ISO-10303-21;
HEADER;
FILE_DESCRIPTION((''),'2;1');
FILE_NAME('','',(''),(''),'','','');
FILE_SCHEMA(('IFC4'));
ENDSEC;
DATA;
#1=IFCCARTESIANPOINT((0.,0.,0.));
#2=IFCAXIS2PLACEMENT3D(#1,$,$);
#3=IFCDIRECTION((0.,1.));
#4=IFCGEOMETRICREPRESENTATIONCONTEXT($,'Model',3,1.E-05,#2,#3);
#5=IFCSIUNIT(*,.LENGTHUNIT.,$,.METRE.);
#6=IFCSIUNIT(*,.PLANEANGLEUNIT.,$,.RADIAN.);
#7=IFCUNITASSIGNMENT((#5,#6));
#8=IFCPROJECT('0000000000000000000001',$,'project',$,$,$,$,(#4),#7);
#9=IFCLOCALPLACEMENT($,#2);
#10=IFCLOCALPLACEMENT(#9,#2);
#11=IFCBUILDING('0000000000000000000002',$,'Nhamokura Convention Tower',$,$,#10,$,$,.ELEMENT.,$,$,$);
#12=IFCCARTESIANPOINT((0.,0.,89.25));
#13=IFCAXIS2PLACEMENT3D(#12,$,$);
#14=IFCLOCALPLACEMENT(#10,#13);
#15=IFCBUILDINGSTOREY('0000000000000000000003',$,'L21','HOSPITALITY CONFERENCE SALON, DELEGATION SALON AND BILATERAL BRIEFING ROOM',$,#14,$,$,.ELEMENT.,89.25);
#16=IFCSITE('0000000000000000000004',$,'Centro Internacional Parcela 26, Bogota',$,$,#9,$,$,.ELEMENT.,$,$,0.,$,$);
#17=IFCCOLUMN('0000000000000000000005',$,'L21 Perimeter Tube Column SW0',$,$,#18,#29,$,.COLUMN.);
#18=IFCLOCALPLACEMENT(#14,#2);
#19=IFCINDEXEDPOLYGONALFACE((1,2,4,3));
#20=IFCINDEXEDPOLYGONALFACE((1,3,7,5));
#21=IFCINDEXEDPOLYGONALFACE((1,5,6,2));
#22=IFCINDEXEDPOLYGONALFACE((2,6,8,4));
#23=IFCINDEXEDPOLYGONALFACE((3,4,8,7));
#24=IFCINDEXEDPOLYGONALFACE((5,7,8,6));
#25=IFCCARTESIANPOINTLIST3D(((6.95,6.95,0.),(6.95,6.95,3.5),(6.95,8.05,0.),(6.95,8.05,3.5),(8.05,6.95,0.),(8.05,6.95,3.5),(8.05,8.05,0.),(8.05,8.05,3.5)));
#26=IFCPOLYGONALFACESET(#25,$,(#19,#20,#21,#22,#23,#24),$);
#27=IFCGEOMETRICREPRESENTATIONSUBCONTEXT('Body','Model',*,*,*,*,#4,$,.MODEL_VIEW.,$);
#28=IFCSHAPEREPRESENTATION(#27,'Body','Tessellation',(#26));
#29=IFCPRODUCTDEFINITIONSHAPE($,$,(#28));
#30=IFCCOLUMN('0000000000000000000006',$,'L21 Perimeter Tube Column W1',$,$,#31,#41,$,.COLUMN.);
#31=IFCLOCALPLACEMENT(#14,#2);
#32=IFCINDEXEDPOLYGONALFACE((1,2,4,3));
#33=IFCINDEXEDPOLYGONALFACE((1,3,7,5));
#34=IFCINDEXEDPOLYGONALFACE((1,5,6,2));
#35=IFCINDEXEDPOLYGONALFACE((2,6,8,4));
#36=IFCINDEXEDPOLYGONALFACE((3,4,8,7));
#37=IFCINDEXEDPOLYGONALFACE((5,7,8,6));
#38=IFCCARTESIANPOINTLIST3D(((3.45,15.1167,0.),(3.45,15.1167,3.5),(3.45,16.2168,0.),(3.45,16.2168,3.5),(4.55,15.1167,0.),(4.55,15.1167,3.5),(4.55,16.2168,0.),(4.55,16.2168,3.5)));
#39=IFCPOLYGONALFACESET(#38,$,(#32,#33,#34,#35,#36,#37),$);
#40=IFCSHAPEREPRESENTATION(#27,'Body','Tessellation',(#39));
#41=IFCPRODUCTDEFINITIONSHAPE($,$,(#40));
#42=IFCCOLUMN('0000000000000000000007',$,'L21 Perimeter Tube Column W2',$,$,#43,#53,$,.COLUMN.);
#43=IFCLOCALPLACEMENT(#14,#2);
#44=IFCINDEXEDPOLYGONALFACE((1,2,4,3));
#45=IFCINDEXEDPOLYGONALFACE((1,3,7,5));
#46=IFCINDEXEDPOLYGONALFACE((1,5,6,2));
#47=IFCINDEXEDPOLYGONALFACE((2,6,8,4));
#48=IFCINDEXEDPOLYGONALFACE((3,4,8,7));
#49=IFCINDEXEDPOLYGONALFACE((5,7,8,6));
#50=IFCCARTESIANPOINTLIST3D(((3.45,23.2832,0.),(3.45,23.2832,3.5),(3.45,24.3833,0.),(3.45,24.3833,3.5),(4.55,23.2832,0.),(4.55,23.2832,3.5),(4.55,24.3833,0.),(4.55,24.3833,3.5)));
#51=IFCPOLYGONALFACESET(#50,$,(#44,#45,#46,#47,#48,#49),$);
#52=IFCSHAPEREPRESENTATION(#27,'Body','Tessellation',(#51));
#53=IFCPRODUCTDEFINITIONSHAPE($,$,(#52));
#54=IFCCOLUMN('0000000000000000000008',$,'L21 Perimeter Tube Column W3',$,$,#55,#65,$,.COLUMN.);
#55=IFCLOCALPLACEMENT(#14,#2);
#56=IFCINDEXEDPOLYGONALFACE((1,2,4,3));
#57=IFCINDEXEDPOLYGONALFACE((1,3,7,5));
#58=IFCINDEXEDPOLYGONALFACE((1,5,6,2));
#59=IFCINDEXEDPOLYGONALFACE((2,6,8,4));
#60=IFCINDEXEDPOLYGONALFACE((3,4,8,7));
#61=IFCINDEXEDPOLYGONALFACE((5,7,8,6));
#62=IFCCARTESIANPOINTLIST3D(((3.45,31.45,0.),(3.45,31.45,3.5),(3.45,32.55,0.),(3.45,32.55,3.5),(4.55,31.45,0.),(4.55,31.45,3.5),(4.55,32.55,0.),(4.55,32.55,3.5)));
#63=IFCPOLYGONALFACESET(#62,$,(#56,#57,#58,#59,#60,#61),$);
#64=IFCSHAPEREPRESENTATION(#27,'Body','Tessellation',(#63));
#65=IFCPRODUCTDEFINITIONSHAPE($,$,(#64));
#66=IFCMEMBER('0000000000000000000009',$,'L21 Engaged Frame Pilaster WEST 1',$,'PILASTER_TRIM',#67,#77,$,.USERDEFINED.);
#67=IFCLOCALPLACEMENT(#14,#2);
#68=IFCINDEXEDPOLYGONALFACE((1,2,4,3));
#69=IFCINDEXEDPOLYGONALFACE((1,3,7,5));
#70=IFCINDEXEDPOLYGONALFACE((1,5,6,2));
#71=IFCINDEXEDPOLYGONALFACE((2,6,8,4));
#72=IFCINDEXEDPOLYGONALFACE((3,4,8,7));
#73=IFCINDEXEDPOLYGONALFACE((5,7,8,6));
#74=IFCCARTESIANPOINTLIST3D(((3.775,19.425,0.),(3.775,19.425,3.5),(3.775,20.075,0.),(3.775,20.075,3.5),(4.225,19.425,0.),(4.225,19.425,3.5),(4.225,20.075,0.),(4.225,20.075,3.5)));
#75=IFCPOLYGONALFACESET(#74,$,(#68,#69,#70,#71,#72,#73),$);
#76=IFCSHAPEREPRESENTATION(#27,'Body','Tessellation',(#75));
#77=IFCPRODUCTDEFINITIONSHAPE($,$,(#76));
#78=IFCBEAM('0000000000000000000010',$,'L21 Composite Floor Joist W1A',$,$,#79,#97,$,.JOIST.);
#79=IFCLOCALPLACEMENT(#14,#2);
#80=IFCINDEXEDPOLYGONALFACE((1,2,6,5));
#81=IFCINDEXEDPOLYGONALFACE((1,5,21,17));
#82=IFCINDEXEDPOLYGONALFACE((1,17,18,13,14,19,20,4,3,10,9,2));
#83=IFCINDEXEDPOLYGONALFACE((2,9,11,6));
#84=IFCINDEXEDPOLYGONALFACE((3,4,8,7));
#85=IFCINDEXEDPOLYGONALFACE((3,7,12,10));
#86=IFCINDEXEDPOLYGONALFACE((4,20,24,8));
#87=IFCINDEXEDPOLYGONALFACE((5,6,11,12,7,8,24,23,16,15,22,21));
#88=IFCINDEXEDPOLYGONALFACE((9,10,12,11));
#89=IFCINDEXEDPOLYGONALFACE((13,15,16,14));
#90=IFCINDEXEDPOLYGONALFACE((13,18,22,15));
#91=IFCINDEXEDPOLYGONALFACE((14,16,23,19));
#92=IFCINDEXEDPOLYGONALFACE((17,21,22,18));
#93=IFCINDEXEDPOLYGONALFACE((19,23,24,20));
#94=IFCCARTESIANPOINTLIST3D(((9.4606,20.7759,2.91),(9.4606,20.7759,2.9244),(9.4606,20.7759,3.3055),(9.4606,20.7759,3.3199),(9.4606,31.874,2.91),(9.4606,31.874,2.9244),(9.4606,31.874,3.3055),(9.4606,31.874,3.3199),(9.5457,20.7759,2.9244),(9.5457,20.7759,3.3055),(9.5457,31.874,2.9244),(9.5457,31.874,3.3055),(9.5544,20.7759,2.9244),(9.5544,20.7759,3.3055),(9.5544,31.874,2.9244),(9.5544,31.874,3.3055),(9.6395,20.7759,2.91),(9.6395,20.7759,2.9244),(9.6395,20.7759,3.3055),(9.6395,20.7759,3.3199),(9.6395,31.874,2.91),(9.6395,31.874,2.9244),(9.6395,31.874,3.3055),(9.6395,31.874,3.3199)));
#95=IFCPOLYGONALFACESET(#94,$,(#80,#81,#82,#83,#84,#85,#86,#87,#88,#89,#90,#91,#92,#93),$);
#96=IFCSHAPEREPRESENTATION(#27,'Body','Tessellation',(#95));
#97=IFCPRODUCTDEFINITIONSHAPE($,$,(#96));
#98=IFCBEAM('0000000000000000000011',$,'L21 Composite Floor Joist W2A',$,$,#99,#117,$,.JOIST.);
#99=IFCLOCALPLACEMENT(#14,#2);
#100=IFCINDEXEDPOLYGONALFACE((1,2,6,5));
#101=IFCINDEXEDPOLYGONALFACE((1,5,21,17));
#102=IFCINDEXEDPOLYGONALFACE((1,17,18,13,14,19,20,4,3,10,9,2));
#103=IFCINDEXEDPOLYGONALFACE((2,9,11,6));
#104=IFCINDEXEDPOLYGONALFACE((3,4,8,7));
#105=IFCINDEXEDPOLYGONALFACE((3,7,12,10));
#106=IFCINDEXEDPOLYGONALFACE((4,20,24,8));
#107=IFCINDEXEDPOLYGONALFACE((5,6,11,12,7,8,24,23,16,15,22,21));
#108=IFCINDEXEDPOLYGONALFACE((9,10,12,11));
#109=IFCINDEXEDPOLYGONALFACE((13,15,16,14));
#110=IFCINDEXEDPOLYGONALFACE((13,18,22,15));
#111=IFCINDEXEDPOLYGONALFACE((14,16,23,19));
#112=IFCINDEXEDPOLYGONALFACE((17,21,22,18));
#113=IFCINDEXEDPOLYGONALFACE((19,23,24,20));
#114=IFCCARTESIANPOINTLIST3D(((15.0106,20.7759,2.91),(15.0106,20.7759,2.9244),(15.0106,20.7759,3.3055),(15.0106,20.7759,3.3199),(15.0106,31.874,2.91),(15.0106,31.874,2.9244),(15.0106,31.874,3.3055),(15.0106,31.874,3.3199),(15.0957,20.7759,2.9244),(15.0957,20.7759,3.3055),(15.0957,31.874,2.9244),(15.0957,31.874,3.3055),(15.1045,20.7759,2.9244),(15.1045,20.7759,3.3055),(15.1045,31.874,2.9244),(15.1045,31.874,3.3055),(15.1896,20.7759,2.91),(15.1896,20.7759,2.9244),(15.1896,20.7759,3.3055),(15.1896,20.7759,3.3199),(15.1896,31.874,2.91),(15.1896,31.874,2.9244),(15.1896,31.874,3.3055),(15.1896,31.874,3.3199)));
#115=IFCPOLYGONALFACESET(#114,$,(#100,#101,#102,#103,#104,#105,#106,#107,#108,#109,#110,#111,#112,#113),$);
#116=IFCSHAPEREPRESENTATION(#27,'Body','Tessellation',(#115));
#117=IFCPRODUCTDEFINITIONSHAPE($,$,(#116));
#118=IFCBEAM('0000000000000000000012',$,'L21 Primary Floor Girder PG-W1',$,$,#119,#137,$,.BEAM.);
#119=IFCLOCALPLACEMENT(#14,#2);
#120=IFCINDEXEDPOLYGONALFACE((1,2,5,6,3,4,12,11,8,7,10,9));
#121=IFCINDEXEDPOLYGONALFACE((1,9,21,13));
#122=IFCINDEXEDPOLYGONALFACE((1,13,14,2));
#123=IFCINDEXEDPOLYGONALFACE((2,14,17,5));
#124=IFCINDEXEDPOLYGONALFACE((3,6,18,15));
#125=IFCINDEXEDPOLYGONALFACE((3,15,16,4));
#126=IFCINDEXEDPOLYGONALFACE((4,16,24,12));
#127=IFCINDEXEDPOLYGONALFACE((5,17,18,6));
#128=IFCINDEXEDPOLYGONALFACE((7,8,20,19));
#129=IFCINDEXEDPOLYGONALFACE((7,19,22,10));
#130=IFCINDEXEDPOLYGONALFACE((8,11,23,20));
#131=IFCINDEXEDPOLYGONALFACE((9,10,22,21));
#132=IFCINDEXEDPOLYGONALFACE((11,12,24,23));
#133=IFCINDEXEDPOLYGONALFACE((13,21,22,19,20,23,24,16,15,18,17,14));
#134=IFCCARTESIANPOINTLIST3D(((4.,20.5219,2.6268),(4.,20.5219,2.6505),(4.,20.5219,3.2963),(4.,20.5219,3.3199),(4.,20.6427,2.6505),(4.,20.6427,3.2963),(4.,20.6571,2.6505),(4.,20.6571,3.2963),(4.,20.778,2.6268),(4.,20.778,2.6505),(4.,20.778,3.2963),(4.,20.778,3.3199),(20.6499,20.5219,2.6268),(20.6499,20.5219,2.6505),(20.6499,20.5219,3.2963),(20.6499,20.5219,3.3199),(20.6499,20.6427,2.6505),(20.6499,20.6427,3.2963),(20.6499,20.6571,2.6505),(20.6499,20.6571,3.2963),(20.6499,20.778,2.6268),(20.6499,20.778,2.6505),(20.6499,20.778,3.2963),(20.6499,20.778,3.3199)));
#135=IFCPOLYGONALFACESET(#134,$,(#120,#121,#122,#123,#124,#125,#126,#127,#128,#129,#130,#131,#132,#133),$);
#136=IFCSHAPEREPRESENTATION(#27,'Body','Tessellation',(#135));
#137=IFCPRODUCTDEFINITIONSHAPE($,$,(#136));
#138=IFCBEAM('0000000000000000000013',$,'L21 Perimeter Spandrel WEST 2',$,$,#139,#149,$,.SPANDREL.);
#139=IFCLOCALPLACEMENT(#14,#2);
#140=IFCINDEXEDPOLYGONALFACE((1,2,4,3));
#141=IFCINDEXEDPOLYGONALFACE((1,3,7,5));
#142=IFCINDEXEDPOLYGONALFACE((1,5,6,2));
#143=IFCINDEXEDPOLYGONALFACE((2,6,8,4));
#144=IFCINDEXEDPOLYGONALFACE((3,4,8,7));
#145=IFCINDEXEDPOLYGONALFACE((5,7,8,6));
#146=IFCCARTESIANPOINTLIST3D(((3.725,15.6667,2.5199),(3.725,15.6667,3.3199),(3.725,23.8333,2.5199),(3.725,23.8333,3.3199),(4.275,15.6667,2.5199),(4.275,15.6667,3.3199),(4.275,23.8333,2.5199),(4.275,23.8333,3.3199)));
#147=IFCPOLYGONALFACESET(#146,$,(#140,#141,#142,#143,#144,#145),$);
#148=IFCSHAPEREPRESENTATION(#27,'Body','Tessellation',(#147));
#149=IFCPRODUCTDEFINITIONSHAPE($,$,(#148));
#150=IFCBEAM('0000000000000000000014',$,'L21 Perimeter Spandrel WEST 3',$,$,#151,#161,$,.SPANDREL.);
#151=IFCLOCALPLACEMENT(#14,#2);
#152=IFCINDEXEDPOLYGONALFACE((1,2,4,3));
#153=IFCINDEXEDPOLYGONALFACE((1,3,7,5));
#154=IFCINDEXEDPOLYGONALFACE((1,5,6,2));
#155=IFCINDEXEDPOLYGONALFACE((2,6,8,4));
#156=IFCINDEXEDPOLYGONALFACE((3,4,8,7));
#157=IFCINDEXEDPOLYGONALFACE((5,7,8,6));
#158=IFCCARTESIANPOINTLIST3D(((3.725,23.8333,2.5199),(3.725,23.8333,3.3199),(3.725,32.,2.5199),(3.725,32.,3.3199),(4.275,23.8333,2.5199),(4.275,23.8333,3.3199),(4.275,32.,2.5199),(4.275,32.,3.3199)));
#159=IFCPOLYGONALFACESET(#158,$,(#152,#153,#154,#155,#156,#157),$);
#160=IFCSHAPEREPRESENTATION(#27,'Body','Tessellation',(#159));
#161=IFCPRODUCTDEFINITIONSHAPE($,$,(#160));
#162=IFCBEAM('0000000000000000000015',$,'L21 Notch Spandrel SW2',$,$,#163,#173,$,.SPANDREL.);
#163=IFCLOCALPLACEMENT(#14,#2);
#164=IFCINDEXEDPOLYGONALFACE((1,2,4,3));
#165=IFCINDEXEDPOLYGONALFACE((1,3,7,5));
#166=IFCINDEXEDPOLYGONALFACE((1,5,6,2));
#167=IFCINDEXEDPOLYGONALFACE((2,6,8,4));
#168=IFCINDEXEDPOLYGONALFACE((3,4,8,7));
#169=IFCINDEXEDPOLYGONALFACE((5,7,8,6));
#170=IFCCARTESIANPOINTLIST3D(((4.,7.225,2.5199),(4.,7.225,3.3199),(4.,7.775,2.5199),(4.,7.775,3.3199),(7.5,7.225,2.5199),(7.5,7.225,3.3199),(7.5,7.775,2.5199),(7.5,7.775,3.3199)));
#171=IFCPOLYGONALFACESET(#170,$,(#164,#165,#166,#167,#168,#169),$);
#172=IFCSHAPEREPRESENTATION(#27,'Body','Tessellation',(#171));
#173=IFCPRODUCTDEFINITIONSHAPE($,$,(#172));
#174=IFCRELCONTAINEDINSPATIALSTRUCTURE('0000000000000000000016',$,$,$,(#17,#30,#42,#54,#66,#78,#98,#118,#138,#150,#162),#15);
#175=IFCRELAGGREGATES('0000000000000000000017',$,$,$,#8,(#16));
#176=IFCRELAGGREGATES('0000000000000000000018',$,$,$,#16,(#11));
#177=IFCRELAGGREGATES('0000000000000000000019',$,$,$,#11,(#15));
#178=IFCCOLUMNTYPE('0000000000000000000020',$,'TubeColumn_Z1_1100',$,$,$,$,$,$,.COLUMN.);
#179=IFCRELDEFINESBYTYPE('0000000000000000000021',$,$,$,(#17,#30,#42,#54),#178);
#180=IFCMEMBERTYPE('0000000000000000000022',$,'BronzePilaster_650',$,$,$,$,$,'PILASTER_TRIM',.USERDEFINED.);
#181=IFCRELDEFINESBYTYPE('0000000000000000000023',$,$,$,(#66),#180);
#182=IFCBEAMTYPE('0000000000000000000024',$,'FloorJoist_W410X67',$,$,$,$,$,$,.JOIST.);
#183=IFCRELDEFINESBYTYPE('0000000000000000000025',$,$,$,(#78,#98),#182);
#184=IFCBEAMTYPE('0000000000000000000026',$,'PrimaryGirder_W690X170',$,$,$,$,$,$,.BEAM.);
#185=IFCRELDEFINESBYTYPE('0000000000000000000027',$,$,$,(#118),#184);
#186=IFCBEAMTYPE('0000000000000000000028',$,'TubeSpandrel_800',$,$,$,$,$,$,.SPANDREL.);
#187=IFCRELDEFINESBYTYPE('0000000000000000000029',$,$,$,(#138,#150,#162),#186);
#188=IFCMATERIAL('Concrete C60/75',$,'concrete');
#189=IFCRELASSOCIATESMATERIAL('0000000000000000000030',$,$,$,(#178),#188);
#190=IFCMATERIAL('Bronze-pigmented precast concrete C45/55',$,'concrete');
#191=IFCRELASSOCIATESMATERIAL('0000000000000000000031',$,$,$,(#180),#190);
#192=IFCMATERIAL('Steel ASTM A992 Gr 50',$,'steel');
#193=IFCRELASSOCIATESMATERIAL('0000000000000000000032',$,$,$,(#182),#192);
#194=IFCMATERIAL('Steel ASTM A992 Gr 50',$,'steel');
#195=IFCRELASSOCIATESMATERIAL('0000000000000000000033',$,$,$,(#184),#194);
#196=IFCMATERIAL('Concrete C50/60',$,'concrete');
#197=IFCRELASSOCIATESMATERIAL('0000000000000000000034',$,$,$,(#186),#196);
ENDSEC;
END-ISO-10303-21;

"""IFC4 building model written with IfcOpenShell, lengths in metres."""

from ifc_helpers import new_model, si_unit, direction, frame, origin, origin_2d, place, context, subcontext, project, spatial, rectangle, i_section, extrude, material, material_profile, profile_set, type_object, element, save


model = new_model("IFC4")

# Units and contexts
model_context = context("Model", 3, precision=1e-05, world=origin(), true_north=direction((0.0, 1.0)))
body_context = subcontext(model_context, "Body", "Model", "MODEL_VIEW")
ifc_project = project(units=[si_unit("LENGTHUNIT", "METRE"), si_unit("PLANEANGLEUNIT", "RADIAN")], contexts=[model_context])

# Site, building, storey
site_placement = place(None, origin())
site = spatial("IfcSite", under=ifc_project, at=site_placement, Name="Centro Internacional Parcela 26, Bogota", CompositionType="ELEMENT", RefElevation=0.0)
building_placement = place(site_placement, origin())
building = spatial("IfcBuilding", under=site, at=building_placement, Name="Nhamokura Convention Tower", CompositionType="ELEMENT")
storey_placement = place(building_placement, frame((0.0, 0.0, 89.25)))
storey = spatial("IfcBuildingStorey", under=building, at=storey_placement, Name="L21", Description="HOSPITALITY CONFERENCE SALON, DELEGATION SALON AND BILATERAL BRIEFING ROOM", CompositionType="ELEMENT", Elevation=89.25)

# Columns
ifc_material_1 = material(Name="Concrete C60/75", Category="concrete")
ifc_material_profile_1 = material_profile(ifc_material_1, rectangle(XDim=1.1001, YDim=1.1001, at=origin_2d()))
ifc_profile_set_1 = profile_set([ifc_material_profile_1], Name="Concrete C60/75")
column_type = type_object("IfcColumnType", Name="TubeColumn_Z1_1100", PredefinedType="COLUMN", material=ifc_profile_set_1)
for number, where, z_axis, x_axis, name in (
    (1, (7.5, 7.5, 0.0), (0.0, 0.0, 1.0), (1.0, 0.0, 0.0), "L21 Perimeter Tube Column SW0"),
    (2, (4.0, 15.6667, 0.0), (0.0, 0.0, 1.0), (1.0, 0.0, 0.0), "L21 Perimeter Tube Column W1"),
    (3, (4.0, 23.8333, 0.0), (0.0, 0.0, 1.0), (1.0, 0.0, 0.0), "L21 Perimeter Tube Column W2"),
    (4, (4.0, 32.0, 0.0), (0.0, 0.0, 1.0), (1.0, 0.0, 0.0), "L21 Perimeter Tube Column W3"),
):
    element("IfcColumn", number, at=place(storey_placement, frame(where, z_axis=z_axis, x_axis=x_axis)), inside=storey, type_object=column_type, Name=name, PredefinedType="COLUMN", context=body_context, shape_type="SweptSolid", body=[
        extrude(rectangle(XDim=1.1001, YDim=1.1001, at=origin_2d()), origin(), (0.0, 0.0, 1.0), 3.5),
    ])

# Member
ifc_material_2 = material(Name="Bronze-pigmented precast concrete C45/55", Category="concrete")
ifc_material_profile_2 = material_profile(ifc_material_2, rectangle(XDim=0.45, YDim=0.6499, at=origin_2d()))
ifc_profile_set_2 = profile_set([ifc_material_profile_2], Name="Bronze-pigmented precast concrete C45/55")
member_type = type_object("IfcMemberType", Name="BronzePilaster_650", ElementType="PILASTER_TRIM", PredefinedType="USERDEFINED", material=ifc_profile_set_2)
member_placement = place(storey_placement, frame((4.0, 19.75, 0.0), z_axis=(0.0, 0.0, 1.0), x_axis=(1.0, 0.0, 0.0)))
element("IfcMember", 5, at=member_placement, inside=storey, type_object=member_type, Name="L21 Engaged Frame Pilaster WEST 1", ObjectType="PILASTER_TRIM", PredefinedType="USERDEFINED", context=body_context, shape_type="SweptSolid", body=[
    extrude(rectangle(XDim=0.45, YDim=0.6499, at=origin_2d()), origin(), (0.0, 0.0, 1.0), 3.5),
])

# Beams
ifc_material_3 = material(Name="Steel ASTM A992 Gr 50", Category="steel")
ifc_material_profile_3 = material_profile(ifc_material_3, i_section(OverallWidth=0.179, OverallDepth=0.4099, WebThickness=0.0088, FlangeThickness=0.0144, at=origin_2d()))
ifc_profile_set_3 = profile_set([ifc_material_profile_3], Name="Steel ASTM A992 Gr 50")
beam_type_1 = type_object("IfcBeamType", Name="FloorJoist_W410X67", PredefinedType="JOIST", material=ifc_profile_set_3)
for number, where, z_axis, x_axis, name in (
    (6, (9.55, 20.7759, 3.115), (0.0, 1.0, 0.0), (-1.0, 0.0, 0.0), "L21 Composite Floor Joist W1A"),
    (7, (15.1001, 20.7759, 3.115), (0.0, 1.0, 0.0), (-1.0, 0.0, 0.0), "L21 Composite Floor Joist W2A"),
):
    element("IfcBeam", number, at=place(storey_placement, frame(where, z_axis=z_axis, x_axis=x_axis)), inside=storey, type_object=beam_type_1, Name=name, PredefinedType="JOIST", context=body_context, shape_type="SweptSolid", body=[
        extrude(i_section(OverallWidth=0.179, OverallDepth=0.4099, WebThickness=0.0088, FlangeThickness=0.0144, at=origin_2d()), origin(), (0.0, 0.0, 1.0), 11.0981),
    ])
ifc_material_4 = material(Name="Steel ASTM A992 Gr 50", Category="steel")
ifc_material_profile_4 = material_profile(ifc_material_4, i_section(OverallWidth=0.2561, OverallDepth=0.6931, WebThickness=0.0144, FlangeThickness=0.0237, at=origin_2d()))
ifc_profile_set_4 = profile_set([ifc_material_profile_4], Name="Steel ASTM A992 Gr 50")
beam_type_2 = type_object("IfcBeamType", Name="PrimaryGirder_W690X170", PredefinedType="BEAM", material=ifc_profile_set_4)
beam_1_placement = place(storey_placement, frame((4.0, 20.6499, 2.9734), z_axis=(1.0, 0.0, 0.0), x_axis=(0.0, 1.0, 0.0)))
element("IfcBeam", 8, at=beam_1_placement, inside=storey, type_object=beam_type_2, Name="L21 Primary Floor Girder PG-W1", PredefinedType="BEAM", context=body_context, shape_type="SweptSolid", body=[
    extrude(i_section(OverallWidth=0.2561, OverallDepth=0.6931, WebThickness=0.0144, FlangeThickness=0.0237, at=origin_2d()), origin(), (0.0, 0.0, 1.0), 16.6499),
])
ifc_material_5 = material(Name="Concrete C50/60", Category="concrete")
ifc_material_profile_5 = material_profile(ifc_material_5, rectangle(XDim=0.55, YDim=0.8, at=origin_2d()))
ifc_profile_set_5 = profile_set([ifc_material_profile_5], Name="Concrete C50/60")
beam_type_3 = type_object("IfcBeamType", Name="TubeSpandrel_800", PredefinedType="SPANDREL", material=ifc_profile_set_5)
beam_2_placement = place(storey_placement, frame((4.0, 15.6667, 2.9199), z_axis=(0.0, 1.0, 0.0), x_axis=(-1.0, 0.0, 0.0)))
element("IfcBeam", 9, at=beam_2_placement, inside=storey, type_object=beam_type_3, Name="L21 Perimeter Spandrel WEST 2", PredefinedType="SPANDREL", context=body_context, shape_type="SweptSolid", body=[
    extrude(rectangle(XDim=0.55, YDim=0.8, at=origin_2d()), origin(), (0.0, 0.0, 1.0), 8.1665),
])
beam_3_placement = place(storey_placement, frame((4.0, 23.8333, 2.9199), z_axis=(0.0, 1.0, 0.0), x_axis=(-1.0, 0.0, 0.0)))
element("IfcBeam", 10, at=beam_3_placement, inside=storey, type_object=beam_type_3, Name="L21 Perimeter Spandrel WEST 3", PredefinedType="SPANDREL", context=body_context, shape_type="SweptSolid", body=[
    extrude(rectangle(XDim=0.55, YDim=0.8, at=origin_2d()), origin(), (0.0, 0.0, 1.0), 8.1667),
])
beam_4_placement = place(storey_placement, frame((7.5, 7.5, 2.9199), z_axis=(-1.0, 0.0, 0.0), x_axis=(0.0, -1.0, 0.0)))
element("IfcBeam", 11, at=beam_4_placement, inside=storey, type_object=beam_type_3, Name="L21 Notch Spandrel SW2", PredefinedType="SPANDREL", context=body_context, shape_type="SweptSolid", body=[
    extrude(rectangle(XDim=0.55, YDim=0.8, at=origin_2d()), origin(), (0.0, 0.0, 1.0), 3.5),
])

save(model, "model.ifc")
